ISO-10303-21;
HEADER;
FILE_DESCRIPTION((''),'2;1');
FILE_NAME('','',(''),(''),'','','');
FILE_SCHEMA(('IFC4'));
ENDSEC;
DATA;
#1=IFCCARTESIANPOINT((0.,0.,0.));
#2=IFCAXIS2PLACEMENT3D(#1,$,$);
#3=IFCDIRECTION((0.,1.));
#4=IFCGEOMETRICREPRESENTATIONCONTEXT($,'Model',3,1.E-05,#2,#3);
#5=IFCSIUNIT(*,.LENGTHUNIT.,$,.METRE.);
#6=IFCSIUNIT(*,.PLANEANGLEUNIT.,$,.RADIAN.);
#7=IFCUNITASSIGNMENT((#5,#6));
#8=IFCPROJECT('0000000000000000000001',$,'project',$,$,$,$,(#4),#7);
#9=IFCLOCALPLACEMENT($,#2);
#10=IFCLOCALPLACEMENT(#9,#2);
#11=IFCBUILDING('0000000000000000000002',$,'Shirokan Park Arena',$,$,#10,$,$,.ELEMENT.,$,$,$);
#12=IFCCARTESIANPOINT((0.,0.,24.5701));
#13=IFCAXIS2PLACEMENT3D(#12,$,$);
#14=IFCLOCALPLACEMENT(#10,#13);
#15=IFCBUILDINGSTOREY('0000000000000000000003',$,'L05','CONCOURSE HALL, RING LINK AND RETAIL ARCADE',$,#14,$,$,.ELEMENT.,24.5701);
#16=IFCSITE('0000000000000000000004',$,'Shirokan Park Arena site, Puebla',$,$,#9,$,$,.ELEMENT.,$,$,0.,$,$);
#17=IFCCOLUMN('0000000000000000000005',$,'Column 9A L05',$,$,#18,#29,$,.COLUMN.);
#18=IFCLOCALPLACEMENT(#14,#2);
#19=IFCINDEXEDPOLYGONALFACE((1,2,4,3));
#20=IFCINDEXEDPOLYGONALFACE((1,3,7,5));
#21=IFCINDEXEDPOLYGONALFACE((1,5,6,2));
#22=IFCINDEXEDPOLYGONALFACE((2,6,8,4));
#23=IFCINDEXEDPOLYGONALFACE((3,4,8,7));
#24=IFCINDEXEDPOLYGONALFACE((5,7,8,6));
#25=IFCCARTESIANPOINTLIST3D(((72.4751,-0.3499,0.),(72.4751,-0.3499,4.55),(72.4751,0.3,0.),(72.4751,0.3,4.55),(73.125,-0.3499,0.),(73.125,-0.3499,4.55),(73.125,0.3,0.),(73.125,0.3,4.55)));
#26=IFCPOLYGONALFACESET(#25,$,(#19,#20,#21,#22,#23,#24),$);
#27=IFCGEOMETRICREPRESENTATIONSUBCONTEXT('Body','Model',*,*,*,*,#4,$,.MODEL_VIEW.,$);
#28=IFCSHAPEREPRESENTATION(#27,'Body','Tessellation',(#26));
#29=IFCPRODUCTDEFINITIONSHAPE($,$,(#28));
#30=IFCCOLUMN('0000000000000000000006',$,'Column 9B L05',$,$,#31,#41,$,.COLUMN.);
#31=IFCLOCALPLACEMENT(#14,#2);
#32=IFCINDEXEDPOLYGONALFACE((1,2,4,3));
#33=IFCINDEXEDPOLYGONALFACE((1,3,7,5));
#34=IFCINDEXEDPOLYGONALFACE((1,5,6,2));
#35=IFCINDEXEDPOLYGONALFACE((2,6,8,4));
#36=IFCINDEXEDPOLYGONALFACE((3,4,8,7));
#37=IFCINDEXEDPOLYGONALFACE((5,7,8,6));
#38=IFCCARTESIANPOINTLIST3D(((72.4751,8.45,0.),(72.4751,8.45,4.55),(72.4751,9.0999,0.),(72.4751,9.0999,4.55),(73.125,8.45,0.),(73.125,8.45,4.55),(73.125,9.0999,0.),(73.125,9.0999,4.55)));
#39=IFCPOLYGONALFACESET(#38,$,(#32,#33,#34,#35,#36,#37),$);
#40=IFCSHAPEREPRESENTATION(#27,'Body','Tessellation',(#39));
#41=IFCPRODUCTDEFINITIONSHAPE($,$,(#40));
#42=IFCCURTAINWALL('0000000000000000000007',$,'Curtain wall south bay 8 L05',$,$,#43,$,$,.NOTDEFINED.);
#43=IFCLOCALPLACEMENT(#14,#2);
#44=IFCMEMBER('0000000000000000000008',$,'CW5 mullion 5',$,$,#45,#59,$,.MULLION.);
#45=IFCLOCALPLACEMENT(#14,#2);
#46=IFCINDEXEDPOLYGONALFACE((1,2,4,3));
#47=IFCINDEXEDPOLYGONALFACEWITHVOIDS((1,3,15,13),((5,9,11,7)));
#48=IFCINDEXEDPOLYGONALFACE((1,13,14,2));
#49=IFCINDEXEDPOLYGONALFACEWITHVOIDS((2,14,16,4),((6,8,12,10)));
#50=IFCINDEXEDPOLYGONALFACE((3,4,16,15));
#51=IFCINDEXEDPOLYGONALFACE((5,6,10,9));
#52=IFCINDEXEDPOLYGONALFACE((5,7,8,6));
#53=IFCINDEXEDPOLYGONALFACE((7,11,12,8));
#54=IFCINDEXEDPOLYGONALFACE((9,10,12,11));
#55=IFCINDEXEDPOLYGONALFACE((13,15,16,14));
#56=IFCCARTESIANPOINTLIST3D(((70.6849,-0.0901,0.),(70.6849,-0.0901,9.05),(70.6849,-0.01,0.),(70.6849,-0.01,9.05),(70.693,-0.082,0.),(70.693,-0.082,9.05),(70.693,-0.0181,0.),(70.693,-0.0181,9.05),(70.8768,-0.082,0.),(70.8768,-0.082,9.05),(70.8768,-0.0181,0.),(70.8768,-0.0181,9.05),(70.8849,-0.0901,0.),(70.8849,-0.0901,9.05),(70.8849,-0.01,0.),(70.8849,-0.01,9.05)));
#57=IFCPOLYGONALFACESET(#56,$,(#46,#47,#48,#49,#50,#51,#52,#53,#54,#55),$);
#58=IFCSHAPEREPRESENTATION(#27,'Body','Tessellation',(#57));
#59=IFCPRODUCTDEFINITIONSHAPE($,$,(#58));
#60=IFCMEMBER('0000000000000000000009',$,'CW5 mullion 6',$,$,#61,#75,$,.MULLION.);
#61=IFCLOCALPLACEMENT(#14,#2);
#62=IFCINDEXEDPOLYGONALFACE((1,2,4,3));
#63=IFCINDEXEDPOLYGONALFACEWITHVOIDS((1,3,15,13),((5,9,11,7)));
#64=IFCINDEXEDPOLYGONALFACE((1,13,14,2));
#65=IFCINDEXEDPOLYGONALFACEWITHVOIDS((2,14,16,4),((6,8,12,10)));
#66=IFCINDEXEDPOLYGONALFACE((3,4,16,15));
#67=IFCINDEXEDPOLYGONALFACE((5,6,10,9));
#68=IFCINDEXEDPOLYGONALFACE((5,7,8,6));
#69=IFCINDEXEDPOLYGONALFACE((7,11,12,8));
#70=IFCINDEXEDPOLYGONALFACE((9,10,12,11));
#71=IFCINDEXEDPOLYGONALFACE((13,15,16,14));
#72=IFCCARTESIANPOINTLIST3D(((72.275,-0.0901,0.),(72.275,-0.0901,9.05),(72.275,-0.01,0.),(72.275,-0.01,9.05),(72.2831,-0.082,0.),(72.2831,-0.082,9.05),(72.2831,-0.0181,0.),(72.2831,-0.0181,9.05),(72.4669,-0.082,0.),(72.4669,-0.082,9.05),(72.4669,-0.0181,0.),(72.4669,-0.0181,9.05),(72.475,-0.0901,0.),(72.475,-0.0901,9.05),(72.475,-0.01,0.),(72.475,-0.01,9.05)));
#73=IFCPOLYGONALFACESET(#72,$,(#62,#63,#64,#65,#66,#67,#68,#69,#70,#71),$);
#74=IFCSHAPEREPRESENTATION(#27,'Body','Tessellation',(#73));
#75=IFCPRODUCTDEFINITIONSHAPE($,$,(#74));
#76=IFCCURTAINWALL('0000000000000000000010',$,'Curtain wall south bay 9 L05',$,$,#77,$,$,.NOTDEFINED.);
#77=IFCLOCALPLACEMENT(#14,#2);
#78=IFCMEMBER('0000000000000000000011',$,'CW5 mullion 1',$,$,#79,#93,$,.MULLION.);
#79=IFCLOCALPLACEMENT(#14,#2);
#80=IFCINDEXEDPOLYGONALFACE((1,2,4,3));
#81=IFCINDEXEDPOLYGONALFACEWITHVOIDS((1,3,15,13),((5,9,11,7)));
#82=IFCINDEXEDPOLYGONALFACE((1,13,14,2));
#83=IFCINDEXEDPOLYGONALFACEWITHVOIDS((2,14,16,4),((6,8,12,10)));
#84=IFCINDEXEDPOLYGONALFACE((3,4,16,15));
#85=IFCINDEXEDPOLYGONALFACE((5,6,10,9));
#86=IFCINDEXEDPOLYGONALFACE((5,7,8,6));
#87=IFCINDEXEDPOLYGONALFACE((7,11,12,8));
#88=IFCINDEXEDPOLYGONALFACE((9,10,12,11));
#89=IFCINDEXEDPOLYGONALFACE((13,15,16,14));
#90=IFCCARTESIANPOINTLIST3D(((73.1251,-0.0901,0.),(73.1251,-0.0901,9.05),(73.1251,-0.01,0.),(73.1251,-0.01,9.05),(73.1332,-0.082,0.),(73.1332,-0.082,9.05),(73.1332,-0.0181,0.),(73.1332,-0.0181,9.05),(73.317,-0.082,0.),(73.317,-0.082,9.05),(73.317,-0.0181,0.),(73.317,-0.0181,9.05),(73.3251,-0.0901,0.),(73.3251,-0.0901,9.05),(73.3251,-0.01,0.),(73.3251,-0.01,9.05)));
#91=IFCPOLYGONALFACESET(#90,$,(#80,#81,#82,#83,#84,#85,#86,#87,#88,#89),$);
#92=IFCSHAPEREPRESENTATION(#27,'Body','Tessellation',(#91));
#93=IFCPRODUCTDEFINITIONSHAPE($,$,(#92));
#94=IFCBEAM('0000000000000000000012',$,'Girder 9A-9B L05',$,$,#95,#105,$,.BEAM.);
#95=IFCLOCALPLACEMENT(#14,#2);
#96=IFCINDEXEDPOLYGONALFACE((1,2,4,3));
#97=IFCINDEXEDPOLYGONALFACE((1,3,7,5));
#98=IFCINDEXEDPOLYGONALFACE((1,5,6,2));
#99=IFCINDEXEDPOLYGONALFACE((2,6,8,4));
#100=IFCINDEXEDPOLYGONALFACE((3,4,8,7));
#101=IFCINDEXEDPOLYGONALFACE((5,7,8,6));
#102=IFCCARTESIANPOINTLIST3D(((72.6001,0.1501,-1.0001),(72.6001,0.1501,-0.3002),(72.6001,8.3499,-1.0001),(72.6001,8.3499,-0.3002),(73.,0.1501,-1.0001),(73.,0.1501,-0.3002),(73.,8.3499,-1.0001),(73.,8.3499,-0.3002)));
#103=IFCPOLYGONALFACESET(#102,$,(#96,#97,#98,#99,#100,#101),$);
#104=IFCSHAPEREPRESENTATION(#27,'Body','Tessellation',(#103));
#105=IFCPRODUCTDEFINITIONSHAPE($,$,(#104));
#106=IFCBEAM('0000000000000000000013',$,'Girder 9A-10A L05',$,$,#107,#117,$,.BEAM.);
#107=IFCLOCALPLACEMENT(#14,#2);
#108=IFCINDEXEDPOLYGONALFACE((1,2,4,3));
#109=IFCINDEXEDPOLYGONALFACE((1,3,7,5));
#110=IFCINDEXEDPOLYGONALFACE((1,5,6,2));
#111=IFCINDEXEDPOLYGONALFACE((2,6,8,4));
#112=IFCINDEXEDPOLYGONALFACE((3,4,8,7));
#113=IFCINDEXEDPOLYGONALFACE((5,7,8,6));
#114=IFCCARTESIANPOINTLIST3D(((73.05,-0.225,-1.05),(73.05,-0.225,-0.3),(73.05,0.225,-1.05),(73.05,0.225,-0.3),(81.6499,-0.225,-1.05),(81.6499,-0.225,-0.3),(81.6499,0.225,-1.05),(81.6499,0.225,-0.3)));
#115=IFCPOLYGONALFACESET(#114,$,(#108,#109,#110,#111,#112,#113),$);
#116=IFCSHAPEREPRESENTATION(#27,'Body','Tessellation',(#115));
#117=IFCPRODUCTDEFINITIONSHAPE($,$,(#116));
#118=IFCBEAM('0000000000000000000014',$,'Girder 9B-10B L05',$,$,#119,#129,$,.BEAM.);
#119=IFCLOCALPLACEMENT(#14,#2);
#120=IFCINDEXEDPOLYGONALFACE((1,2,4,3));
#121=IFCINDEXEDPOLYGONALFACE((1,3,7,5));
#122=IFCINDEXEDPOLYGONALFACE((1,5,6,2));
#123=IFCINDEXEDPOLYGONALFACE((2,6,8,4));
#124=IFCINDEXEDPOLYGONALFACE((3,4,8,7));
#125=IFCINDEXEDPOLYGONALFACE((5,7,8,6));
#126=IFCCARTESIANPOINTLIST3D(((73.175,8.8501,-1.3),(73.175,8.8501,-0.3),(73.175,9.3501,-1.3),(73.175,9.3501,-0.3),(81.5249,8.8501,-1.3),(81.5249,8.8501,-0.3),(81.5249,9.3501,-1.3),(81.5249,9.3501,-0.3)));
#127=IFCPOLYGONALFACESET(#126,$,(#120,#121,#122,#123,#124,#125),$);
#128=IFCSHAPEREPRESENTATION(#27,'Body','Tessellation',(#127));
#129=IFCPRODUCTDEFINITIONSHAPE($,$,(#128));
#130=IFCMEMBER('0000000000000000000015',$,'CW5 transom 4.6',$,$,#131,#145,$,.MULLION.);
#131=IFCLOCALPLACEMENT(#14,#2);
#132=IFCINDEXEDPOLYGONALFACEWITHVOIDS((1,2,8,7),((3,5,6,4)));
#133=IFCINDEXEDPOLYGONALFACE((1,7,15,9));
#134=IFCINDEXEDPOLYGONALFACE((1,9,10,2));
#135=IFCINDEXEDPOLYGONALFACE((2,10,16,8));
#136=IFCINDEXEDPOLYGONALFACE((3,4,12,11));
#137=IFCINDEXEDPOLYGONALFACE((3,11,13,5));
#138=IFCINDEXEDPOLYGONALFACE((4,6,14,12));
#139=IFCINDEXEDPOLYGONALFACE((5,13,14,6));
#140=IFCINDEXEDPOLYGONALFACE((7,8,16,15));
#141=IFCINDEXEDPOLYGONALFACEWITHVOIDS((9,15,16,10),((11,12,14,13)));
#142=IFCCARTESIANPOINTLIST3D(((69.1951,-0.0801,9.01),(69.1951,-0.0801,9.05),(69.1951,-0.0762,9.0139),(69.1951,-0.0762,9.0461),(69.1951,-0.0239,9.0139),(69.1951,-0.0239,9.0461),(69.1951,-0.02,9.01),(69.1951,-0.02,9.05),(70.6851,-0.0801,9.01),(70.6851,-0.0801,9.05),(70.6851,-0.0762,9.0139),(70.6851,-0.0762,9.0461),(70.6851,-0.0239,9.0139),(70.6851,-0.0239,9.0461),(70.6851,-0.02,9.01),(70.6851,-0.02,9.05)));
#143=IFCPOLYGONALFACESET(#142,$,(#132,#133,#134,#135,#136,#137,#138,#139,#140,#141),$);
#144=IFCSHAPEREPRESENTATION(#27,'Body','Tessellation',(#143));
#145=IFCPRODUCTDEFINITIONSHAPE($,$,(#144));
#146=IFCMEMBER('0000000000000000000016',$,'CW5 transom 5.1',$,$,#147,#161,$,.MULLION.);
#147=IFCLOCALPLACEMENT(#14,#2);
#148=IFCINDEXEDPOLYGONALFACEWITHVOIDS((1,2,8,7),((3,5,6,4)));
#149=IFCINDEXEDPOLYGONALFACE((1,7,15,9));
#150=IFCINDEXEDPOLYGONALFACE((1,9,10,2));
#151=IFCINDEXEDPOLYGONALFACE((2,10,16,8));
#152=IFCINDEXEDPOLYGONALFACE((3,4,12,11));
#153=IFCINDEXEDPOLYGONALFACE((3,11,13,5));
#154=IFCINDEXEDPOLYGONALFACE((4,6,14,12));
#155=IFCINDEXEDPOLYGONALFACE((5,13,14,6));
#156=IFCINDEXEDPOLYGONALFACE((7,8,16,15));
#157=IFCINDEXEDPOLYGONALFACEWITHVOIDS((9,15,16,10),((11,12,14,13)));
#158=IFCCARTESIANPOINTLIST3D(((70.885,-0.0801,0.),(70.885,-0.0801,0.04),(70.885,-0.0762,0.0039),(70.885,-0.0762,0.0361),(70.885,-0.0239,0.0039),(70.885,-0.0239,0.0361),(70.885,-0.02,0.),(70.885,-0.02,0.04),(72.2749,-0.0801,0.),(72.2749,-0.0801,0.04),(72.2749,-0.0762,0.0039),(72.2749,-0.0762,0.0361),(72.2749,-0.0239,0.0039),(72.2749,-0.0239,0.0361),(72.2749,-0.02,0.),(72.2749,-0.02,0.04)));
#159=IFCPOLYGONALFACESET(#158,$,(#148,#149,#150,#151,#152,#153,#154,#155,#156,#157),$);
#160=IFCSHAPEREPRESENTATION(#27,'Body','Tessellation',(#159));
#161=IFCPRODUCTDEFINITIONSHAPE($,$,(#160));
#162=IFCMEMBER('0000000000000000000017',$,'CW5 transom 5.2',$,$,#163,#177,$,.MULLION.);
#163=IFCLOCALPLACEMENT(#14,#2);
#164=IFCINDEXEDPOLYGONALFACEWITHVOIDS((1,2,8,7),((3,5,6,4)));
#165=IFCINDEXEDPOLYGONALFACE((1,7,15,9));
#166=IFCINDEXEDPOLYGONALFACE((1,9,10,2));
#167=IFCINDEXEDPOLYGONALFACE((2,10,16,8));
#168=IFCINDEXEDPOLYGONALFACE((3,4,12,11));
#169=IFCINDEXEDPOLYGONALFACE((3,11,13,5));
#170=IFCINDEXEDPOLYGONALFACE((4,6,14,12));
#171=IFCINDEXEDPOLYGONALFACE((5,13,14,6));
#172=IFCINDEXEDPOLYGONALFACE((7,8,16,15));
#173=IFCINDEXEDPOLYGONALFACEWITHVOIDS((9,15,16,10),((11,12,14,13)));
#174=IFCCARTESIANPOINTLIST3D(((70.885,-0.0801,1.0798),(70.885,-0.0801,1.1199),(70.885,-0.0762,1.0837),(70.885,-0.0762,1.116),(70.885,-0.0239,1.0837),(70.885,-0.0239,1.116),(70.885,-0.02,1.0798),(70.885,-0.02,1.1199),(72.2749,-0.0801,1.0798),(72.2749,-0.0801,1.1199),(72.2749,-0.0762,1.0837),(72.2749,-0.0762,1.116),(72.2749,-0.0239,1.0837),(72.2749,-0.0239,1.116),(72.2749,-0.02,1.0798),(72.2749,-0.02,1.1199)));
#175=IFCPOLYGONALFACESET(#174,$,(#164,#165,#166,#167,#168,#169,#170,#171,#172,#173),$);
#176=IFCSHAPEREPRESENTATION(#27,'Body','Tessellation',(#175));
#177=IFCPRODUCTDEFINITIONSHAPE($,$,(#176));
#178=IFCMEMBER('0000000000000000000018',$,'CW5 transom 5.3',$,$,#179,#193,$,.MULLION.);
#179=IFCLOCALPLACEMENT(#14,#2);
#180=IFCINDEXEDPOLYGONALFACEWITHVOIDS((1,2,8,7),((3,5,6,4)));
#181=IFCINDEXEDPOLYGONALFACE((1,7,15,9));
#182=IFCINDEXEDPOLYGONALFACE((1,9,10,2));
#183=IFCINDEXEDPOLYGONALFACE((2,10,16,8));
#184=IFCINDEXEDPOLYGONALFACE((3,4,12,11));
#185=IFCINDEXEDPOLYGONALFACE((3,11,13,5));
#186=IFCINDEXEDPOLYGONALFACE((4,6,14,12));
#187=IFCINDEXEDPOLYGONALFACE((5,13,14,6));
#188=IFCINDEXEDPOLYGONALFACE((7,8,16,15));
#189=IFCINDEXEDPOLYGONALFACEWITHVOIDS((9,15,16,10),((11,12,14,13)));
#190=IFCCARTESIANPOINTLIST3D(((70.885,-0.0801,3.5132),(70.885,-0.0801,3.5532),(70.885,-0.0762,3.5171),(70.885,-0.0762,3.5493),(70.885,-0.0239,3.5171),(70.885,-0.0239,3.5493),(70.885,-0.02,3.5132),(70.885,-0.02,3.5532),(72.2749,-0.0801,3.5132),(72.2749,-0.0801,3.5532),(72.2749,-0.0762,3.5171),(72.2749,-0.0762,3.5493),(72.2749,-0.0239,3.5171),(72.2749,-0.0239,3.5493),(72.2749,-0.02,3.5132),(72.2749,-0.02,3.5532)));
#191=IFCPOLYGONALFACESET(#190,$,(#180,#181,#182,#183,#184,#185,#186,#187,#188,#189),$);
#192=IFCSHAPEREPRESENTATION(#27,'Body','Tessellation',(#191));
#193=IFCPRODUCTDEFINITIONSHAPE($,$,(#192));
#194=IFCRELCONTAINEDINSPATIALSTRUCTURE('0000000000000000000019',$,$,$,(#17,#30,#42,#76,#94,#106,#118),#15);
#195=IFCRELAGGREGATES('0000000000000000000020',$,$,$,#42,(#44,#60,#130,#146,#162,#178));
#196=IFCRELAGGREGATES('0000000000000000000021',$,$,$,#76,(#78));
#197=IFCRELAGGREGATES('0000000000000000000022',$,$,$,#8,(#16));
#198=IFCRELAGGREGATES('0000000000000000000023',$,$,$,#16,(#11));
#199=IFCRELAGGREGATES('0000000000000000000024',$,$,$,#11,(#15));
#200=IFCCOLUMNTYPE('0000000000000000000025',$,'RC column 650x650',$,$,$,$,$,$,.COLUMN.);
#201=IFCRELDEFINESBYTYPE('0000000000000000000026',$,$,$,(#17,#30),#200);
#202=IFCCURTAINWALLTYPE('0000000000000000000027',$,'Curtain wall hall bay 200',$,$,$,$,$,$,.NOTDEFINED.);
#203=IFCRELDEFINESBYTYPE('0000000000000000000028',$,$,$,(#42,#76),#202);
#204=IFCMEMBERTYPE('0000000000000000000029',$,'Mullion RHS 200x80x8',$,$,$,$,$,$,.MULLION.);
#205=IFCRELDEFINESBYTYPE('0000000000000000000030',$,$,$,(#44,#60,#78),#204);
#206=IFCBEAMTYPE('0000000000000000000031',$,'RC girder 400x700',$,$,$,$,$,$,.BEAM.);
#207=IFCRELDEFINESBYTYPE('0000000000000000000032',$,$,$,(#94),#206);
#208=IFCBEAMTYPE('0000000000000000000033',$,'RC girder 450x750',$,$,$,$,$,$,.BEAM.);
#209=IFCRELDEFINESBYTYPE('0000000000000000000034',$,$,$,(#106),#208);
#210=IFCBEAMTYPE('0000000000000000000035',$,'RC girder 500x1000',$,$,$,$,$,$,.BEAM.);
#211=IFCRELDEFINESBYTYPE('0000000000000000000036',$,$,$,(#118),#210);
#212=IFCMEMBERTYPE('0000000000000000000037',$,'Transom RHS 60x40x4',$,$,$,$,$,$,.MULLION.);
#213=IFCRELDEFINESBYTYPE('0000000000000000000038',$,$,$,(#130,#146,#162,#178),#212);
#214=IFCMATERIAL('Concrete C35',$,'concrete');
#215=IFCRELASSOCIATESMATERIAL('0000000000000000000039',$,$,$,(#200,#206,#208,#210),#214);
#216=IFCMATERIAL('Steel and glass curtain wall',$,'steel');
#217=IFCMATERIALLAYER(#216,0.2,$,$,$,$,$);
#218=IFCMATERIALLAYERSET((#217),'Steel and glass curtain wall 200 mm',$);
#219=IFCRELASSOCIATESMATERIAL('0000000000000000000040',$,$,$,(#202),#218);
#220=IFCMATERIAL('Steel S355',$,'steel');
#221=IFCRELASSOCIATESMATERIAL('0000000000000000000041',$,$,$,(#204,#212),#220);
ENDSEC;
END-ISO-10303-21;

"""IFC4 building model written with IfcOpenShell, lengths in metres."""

from ifc_helpers import new_model, si_unit, direction, frame, origin, origin_2d, place, context, subcontext, project, spatial, rectangle, hollow_rectangle, extrude, material, layer, layer_set, material_profile, profile_set, type_object, element, aggregate, save


model = new_model("IFC4")

# Units and contexts
model_context = context("Model", 3, precision=1e-05, world=origin(), true_north=direction((0.0, 1.0)))
body_context = subcontext(model_context, "Body", "Model", "MODEL_VIEW")
ifc_project = project(units=[si_unit("LENGTHUNIT", "METRE"), si_unit("PLANEANGLEUNIT", "RADIAN")], contexts=[model_context])

# Site, building, storey
site_placement = place(None, origin())
site = spatial("IfcSite", under=ifc_project, at=site_placement, Name="Shirokan Park Arena site, Puebla", CompositionType="ELEMENT", RefElevation=0.0)
building_placement = place(site_placement, origin())
building = spatial("IfcBuilding", under=site, at=building_placement, Name="Shirokan Park Arena", CompositionType="ELEMENT")
storey_placement = place(building_placement, frame((0.0, 0.0, 24.5701)))
storey = spatial("IfcBuildingStorey", under=building, at=storey_placement, Name="L05", Description="CONCOURSE HALL, RING LINK AND RETAIL ARCADE", CompositionType="ELEMENT", Elevation=24.5701)

# Columns
ifc_material_1 = material(Name="Concrete C35", Category="concrete")
ifc_material_profile_1 = material_profile(ifc_material_1, rectangle(XDim=0.6499, YDim=0.6499, at=origin_2d()), Name="650x650")
ifc_profile_set_1 = profile_set([ifc_material_profile_1], Name="Concrete C35")
column_type = type_object("IfcColumnType", Name="RC column 650x650", PredefinedType="COLUMN", material=ifc_profile_set_1)
for number, where, z_axis, x_axis, name in (
    (1, (72.8, -0.0249, 0.0), (0.0, 0.0, 1.0), (1.0, 0.0, 0.0), "Column 9A L05"),
    (2, (72.8, 8.7749, 0.0), (0.0, 0.0, 1.0), (1.0, 0.0, 0.0), "Column 9B L05"),
):
    element("IfcColumn", number, at=place(storey_placement, frame(where, z_axis=z_axis, x_axis=x_axis)), inside=storey, type_object=column_type, Name=name, PredefinedType="COLUMN", context=body_context, shape_type="SweptSolid", body=[
        extrude(rectangle(XDim=0.6499, YDim=0.6499, at=origin_2d()), origin(), (0.0, 0.0, 1.0), 4.55),
    ])

# Curtain wall, members
ifc_material_2 = material(Name="Steel and glass curtain wall", Category="steel")
ifc_layer_1 = layer(ifc_material_2, 0.2)
ifc_layer_set_1 = layer_set([ifc_layer_1], Name="Steel and glass curtain wall 200 mm")
curtain_wall_type = type_object("IfcCurtainWallType", Name="Curtain wall hall bay 200", PredefinedType="NOTDEFINED", material=ifc_layer_set_1)
curtain_wall_1_placement = place(storey_placement, origin())
curtain_wall_1 = element("IfcCurtainWall", 3, at=curtain_wall_1_placement, inside=storey, type_object=curtain_wall_type, Name="Curtain wall south bay 8 L05", PredefinedType="NOTDEFINED")
ifc_material_3 = material(Name="Steel S355", Category="steel")
ifc_material_profile_2 = material_profile(ifc_material_3, hollow_rectangle(XDim=0.0801, YDim=0.2, WallThickness=0.0081, at=origin_2d()), Name="RHS 200x80x8")
ifc_profile_set_2 = profile_set([ifc_material_profile_2], Name="Steel S355")
member_type_1 = type_object("IfcMemberType", Name="Mullion RHS 200x80x8", PredefinedType="MULLION", material=ifc_profile_set_2)
member_1_placement = place(storey_placement, frame((70.7849, -0.05, 0.0), z_axis=(0.0, 0.0, 1.0), x_axis=(0.0, 1.0, 0.0)))
member_1 = element("IfcMember", 4, at=member_1_placement, type_object=member_type_1, Name="CW5 mullion 5", PredefinedType="MULLION", context=body_context, shape_type="SweptSolid", body=[
    extrude(hollow_rectangle(XDim=0.0801, YDim=0.2, WallThickness=0.0081, at=origin_2d()), origin(), (0.0, 0.0, 1.0), 9.05),
])
member_2_placement = place(storey_placement, frame((72.375, -0.05, 0.0), z_axis=(0.0, 0.0, 1.0), x_axis=(0.0, 1.0, 0.0)))
member_2 = element("IfcMember", 5, at=member_2_placement, type_object=member_type_1, Name="CW5 mullion 6", PredefinedType="MULLION", context=body_context, shape_type="SweptSolid", body=[
    extrude(hollow_rectangle(XDim=0.0801, YDim=0.2, WallThickness=0.0081, at=origin_2d()), origin(), (0.0, 0.0, 1.0), 9.05),
])

# Curtain wall, member
curtain_wall_2_placement = place(storey_placement, origin())
curtain_wall_2 = element("IfcCurtainWall", 6, at=curtain_wall_2_placement, inside=storey, type_object=curtain_wall_type, Name="Curtain wall south bay 9 L05", PredefinedType="NOTDEFINED")
member_3_placement = place(storey_placement, frame((73.2251, -0.05, 0.0), z_axis=(0.0, 0.0, 1.0), x_axis=(0.0, 1.0, 0.0)))
member_3 = element("IfcMember", 7, at=member_3_placement, type_object=member_type_1, Name="CW5 mullion 1", PredefinedType="MULLION", context=body_context, shape_type="SweptSolid", body=[
    extrude(hollow_rectangle(XDim=0.0801, YDim=0.2, WallThickness=0.0081, at=origin_2d()), origin(), (0.0, 0.0, 1.0), 9.05),
])

# Beams
ifc_material_profile_3 = material_profile(ifc_material_1, rectangle(XDim=0.3999, YDim=0.7, at=origin_2d()), Name="400x700")
ifc_profile_set_3 = profile_set([ifc_material_profile_3], Name="Concrete C35")
beam_type_1 = type_object("IfcBeamType", Name="RC girder 400x700", PredefinedType="BEAM", material=ifc_profile_set_3)
beam_1_placement = place(storey_placement, frame((72.8, 0.1501, -0.6501), z_axis=(0.0, 1.0, 0.0), x_axis=(-1.0, 0.0, 0.0)))
element("IfcBeam", 8, at=beam_1_placement, inside=storey, type_object=beam_type_1, Name="Girder 9A-9B L05", PredefinedType="BEAM", context=body_context, shape_type="SweptSolid", body=[
    extrude(rectangle(XDim=0.3999, YDim=0.7, at=origin_2d()), origin(), (0.0, 0.0, 1.0), 8.1997),
])
ifc_material_profile_4 = material_profile(ifc_material_1, rectangle(XDim=0.45, YDim=0.75, at=origin_2d()), Name="450x750")
ifc_profile_set_4 = profile_set([ifc_material_profile_4], Name="Concrete C35")
beam_type_2 = type_object("IfcBeamType", Name="RC girder 450x750", PredefinedType="BEAM", material=ifc_profile_set_4)
beam_2_placement = place(storey_placement, frame((73.05, 0.0, -0.675), z_axis=(1.0, 0.0, 0.0), x_axis=(0.0, 1.0, 0.0)))
element("IfcBeam", 9, at=beam_2_placement, inside=storey, type_object=beam_type_2, Name="Girder 9A-10A L05", PredefinedType="BEAM", context=body_context, shape_type="SweptSolid", body=[
    extrude(rectangle(XDim=0.45, YDim=0.75, at=origin_2d()), origin(), (0.0, 0.0, 1.0), 8.5999),
])
ifc_material_profile_5 = material_profile(ifc_material_1, rectangle(XDim=0.5, YDim=1.0, at=origin_2d()), Name="500x1000")
ifc_profile_set_5 = profile_set([ifc_material_profile_5], Name="Concrete C35")
beam_type_3 = type_object("IfcBeamType", Name="RC girder 500x1000", PredefinedType="BEAM", material=ifc_profile_set_5)
beam_3_placement = place(storey_placement, frame((73.175, 9.1001, -0.8), z_axis=(1.0, 0.0, 0.0), x_axis=(0.0, 1.0, 0.0)))
element("IfcBeam", 10, at=beam_3_placement, inside=storey, type_object=beam_type_3, Name="Girder 9B-10B L05", PredefinedType="BEAM", context=body_context, shape_type="SweptSolid", body=[
    extrude(rectangle(XDim=0.5, YDim=1.0, at=origin_2d()), origin(), (0.0, 0.0, 1.0), 8.3499),
])

# Members
ifc_material_profile_6 = material_profile(ifc_material_3, hollow_rectangle(XDim=0.0601, YDim=0.04, WallThickness=0.0039, at=origin_2d()), Name="RHS 60x40x4")
ifc_profile_set_6 = profile_set([ifc_material_profile_6], Name="Steel S355")
member_type_2 = type_object("IfcMemberType", Name="Transom RHS 60x40x4", PredefinedType="MULLION", material=ifc_profile_set_6)
member_4_placement = place(storey_placement, frame((69.1951, -0.05, 9.03), z_axis=(1.0, 0.0, 0.0), x_axis=(0.0, 1.0, 0.0)))
member_4 = element("IfcMember", 11, at=member_4_placement, type_object=member_type_2, Name="CW5 transom 4.6", PredefinedType="MULLION", context=body_context, shape_type="SweptSolid", body=[
    extrude(hollow_rectangle(XDim=0.0601, YDim=0.04, WallThickness=0.0039, at=origin_2d()), origin(), (0.0, 0.0, 1.0), 1.49),
])
member_5_placement = place(storey_placement, frame((70.885, -0.05, 0.02), z_axis=(1.0, 0.0, 0.0), x_axis=(0.0, 1.0, 0.0)))
member_5 = element("IfcMember", 12, at=member_5_placement, type_object=member_type_2, Name="CW5 transom 5.1", PredefinedType="MULLION", context=body_context, shape_type="SweptSolid", body=[
    extrude(hollow_rectangle(XDim=0.0601, YDim=0.04, WallThickness=0.0039, at=origin_2d()), origin(), (0.0, 0.0, 1.0), 1.3899),
])
member_6_placement = place(storey_placement, frame((70.885, -0.05, 1.0999), z_axis=(1.0, 0.0, 0.0), x_axis=(0.0, 1.0, 0.0)))
member_6 = element("IfcMember", 13, at=member_6_placement, type_object=member_type_2, Name="CW5 transom 5.2", PredefinedType="MULLION", context=body_context, shape_type="SweptSolid", body=[
    extrude(hollow_rectangle(XDim=0.0601, YDim=0.04, WallThickness=0.0039, at=origin_2d()), origin(), (0.0, 0.0, 1.0), 1.3899),
])
member_7_placement = place(storey_placement, frame((70.885, -0.05, 3.5332), z_axis=(1.0, 0.0, 0.0), x_axis=(0.0, 1.0, 0.0)))
member_7 = element("IfcMember", 14, at=member_7_placement, type_object=member_type_2, Name="CW5 transom 5.3", PredefinedType="MULLION", context=body_context, shape_type="SweptSolid", body=[
    extrude(hollow_rectangle(XDim=0.0601, YDim=0.04, WallThickness=0.0039, at=origin_2d()), origin(), (0.0, 0.0, 1.0), 1.3899),
])

aggregate(curtain_wall_1, [member_1, member_2, member_4, member_5, member_6, member_7])
aggregate(curtain_wall_2, [member_3])

save(model, "model.ifc")
